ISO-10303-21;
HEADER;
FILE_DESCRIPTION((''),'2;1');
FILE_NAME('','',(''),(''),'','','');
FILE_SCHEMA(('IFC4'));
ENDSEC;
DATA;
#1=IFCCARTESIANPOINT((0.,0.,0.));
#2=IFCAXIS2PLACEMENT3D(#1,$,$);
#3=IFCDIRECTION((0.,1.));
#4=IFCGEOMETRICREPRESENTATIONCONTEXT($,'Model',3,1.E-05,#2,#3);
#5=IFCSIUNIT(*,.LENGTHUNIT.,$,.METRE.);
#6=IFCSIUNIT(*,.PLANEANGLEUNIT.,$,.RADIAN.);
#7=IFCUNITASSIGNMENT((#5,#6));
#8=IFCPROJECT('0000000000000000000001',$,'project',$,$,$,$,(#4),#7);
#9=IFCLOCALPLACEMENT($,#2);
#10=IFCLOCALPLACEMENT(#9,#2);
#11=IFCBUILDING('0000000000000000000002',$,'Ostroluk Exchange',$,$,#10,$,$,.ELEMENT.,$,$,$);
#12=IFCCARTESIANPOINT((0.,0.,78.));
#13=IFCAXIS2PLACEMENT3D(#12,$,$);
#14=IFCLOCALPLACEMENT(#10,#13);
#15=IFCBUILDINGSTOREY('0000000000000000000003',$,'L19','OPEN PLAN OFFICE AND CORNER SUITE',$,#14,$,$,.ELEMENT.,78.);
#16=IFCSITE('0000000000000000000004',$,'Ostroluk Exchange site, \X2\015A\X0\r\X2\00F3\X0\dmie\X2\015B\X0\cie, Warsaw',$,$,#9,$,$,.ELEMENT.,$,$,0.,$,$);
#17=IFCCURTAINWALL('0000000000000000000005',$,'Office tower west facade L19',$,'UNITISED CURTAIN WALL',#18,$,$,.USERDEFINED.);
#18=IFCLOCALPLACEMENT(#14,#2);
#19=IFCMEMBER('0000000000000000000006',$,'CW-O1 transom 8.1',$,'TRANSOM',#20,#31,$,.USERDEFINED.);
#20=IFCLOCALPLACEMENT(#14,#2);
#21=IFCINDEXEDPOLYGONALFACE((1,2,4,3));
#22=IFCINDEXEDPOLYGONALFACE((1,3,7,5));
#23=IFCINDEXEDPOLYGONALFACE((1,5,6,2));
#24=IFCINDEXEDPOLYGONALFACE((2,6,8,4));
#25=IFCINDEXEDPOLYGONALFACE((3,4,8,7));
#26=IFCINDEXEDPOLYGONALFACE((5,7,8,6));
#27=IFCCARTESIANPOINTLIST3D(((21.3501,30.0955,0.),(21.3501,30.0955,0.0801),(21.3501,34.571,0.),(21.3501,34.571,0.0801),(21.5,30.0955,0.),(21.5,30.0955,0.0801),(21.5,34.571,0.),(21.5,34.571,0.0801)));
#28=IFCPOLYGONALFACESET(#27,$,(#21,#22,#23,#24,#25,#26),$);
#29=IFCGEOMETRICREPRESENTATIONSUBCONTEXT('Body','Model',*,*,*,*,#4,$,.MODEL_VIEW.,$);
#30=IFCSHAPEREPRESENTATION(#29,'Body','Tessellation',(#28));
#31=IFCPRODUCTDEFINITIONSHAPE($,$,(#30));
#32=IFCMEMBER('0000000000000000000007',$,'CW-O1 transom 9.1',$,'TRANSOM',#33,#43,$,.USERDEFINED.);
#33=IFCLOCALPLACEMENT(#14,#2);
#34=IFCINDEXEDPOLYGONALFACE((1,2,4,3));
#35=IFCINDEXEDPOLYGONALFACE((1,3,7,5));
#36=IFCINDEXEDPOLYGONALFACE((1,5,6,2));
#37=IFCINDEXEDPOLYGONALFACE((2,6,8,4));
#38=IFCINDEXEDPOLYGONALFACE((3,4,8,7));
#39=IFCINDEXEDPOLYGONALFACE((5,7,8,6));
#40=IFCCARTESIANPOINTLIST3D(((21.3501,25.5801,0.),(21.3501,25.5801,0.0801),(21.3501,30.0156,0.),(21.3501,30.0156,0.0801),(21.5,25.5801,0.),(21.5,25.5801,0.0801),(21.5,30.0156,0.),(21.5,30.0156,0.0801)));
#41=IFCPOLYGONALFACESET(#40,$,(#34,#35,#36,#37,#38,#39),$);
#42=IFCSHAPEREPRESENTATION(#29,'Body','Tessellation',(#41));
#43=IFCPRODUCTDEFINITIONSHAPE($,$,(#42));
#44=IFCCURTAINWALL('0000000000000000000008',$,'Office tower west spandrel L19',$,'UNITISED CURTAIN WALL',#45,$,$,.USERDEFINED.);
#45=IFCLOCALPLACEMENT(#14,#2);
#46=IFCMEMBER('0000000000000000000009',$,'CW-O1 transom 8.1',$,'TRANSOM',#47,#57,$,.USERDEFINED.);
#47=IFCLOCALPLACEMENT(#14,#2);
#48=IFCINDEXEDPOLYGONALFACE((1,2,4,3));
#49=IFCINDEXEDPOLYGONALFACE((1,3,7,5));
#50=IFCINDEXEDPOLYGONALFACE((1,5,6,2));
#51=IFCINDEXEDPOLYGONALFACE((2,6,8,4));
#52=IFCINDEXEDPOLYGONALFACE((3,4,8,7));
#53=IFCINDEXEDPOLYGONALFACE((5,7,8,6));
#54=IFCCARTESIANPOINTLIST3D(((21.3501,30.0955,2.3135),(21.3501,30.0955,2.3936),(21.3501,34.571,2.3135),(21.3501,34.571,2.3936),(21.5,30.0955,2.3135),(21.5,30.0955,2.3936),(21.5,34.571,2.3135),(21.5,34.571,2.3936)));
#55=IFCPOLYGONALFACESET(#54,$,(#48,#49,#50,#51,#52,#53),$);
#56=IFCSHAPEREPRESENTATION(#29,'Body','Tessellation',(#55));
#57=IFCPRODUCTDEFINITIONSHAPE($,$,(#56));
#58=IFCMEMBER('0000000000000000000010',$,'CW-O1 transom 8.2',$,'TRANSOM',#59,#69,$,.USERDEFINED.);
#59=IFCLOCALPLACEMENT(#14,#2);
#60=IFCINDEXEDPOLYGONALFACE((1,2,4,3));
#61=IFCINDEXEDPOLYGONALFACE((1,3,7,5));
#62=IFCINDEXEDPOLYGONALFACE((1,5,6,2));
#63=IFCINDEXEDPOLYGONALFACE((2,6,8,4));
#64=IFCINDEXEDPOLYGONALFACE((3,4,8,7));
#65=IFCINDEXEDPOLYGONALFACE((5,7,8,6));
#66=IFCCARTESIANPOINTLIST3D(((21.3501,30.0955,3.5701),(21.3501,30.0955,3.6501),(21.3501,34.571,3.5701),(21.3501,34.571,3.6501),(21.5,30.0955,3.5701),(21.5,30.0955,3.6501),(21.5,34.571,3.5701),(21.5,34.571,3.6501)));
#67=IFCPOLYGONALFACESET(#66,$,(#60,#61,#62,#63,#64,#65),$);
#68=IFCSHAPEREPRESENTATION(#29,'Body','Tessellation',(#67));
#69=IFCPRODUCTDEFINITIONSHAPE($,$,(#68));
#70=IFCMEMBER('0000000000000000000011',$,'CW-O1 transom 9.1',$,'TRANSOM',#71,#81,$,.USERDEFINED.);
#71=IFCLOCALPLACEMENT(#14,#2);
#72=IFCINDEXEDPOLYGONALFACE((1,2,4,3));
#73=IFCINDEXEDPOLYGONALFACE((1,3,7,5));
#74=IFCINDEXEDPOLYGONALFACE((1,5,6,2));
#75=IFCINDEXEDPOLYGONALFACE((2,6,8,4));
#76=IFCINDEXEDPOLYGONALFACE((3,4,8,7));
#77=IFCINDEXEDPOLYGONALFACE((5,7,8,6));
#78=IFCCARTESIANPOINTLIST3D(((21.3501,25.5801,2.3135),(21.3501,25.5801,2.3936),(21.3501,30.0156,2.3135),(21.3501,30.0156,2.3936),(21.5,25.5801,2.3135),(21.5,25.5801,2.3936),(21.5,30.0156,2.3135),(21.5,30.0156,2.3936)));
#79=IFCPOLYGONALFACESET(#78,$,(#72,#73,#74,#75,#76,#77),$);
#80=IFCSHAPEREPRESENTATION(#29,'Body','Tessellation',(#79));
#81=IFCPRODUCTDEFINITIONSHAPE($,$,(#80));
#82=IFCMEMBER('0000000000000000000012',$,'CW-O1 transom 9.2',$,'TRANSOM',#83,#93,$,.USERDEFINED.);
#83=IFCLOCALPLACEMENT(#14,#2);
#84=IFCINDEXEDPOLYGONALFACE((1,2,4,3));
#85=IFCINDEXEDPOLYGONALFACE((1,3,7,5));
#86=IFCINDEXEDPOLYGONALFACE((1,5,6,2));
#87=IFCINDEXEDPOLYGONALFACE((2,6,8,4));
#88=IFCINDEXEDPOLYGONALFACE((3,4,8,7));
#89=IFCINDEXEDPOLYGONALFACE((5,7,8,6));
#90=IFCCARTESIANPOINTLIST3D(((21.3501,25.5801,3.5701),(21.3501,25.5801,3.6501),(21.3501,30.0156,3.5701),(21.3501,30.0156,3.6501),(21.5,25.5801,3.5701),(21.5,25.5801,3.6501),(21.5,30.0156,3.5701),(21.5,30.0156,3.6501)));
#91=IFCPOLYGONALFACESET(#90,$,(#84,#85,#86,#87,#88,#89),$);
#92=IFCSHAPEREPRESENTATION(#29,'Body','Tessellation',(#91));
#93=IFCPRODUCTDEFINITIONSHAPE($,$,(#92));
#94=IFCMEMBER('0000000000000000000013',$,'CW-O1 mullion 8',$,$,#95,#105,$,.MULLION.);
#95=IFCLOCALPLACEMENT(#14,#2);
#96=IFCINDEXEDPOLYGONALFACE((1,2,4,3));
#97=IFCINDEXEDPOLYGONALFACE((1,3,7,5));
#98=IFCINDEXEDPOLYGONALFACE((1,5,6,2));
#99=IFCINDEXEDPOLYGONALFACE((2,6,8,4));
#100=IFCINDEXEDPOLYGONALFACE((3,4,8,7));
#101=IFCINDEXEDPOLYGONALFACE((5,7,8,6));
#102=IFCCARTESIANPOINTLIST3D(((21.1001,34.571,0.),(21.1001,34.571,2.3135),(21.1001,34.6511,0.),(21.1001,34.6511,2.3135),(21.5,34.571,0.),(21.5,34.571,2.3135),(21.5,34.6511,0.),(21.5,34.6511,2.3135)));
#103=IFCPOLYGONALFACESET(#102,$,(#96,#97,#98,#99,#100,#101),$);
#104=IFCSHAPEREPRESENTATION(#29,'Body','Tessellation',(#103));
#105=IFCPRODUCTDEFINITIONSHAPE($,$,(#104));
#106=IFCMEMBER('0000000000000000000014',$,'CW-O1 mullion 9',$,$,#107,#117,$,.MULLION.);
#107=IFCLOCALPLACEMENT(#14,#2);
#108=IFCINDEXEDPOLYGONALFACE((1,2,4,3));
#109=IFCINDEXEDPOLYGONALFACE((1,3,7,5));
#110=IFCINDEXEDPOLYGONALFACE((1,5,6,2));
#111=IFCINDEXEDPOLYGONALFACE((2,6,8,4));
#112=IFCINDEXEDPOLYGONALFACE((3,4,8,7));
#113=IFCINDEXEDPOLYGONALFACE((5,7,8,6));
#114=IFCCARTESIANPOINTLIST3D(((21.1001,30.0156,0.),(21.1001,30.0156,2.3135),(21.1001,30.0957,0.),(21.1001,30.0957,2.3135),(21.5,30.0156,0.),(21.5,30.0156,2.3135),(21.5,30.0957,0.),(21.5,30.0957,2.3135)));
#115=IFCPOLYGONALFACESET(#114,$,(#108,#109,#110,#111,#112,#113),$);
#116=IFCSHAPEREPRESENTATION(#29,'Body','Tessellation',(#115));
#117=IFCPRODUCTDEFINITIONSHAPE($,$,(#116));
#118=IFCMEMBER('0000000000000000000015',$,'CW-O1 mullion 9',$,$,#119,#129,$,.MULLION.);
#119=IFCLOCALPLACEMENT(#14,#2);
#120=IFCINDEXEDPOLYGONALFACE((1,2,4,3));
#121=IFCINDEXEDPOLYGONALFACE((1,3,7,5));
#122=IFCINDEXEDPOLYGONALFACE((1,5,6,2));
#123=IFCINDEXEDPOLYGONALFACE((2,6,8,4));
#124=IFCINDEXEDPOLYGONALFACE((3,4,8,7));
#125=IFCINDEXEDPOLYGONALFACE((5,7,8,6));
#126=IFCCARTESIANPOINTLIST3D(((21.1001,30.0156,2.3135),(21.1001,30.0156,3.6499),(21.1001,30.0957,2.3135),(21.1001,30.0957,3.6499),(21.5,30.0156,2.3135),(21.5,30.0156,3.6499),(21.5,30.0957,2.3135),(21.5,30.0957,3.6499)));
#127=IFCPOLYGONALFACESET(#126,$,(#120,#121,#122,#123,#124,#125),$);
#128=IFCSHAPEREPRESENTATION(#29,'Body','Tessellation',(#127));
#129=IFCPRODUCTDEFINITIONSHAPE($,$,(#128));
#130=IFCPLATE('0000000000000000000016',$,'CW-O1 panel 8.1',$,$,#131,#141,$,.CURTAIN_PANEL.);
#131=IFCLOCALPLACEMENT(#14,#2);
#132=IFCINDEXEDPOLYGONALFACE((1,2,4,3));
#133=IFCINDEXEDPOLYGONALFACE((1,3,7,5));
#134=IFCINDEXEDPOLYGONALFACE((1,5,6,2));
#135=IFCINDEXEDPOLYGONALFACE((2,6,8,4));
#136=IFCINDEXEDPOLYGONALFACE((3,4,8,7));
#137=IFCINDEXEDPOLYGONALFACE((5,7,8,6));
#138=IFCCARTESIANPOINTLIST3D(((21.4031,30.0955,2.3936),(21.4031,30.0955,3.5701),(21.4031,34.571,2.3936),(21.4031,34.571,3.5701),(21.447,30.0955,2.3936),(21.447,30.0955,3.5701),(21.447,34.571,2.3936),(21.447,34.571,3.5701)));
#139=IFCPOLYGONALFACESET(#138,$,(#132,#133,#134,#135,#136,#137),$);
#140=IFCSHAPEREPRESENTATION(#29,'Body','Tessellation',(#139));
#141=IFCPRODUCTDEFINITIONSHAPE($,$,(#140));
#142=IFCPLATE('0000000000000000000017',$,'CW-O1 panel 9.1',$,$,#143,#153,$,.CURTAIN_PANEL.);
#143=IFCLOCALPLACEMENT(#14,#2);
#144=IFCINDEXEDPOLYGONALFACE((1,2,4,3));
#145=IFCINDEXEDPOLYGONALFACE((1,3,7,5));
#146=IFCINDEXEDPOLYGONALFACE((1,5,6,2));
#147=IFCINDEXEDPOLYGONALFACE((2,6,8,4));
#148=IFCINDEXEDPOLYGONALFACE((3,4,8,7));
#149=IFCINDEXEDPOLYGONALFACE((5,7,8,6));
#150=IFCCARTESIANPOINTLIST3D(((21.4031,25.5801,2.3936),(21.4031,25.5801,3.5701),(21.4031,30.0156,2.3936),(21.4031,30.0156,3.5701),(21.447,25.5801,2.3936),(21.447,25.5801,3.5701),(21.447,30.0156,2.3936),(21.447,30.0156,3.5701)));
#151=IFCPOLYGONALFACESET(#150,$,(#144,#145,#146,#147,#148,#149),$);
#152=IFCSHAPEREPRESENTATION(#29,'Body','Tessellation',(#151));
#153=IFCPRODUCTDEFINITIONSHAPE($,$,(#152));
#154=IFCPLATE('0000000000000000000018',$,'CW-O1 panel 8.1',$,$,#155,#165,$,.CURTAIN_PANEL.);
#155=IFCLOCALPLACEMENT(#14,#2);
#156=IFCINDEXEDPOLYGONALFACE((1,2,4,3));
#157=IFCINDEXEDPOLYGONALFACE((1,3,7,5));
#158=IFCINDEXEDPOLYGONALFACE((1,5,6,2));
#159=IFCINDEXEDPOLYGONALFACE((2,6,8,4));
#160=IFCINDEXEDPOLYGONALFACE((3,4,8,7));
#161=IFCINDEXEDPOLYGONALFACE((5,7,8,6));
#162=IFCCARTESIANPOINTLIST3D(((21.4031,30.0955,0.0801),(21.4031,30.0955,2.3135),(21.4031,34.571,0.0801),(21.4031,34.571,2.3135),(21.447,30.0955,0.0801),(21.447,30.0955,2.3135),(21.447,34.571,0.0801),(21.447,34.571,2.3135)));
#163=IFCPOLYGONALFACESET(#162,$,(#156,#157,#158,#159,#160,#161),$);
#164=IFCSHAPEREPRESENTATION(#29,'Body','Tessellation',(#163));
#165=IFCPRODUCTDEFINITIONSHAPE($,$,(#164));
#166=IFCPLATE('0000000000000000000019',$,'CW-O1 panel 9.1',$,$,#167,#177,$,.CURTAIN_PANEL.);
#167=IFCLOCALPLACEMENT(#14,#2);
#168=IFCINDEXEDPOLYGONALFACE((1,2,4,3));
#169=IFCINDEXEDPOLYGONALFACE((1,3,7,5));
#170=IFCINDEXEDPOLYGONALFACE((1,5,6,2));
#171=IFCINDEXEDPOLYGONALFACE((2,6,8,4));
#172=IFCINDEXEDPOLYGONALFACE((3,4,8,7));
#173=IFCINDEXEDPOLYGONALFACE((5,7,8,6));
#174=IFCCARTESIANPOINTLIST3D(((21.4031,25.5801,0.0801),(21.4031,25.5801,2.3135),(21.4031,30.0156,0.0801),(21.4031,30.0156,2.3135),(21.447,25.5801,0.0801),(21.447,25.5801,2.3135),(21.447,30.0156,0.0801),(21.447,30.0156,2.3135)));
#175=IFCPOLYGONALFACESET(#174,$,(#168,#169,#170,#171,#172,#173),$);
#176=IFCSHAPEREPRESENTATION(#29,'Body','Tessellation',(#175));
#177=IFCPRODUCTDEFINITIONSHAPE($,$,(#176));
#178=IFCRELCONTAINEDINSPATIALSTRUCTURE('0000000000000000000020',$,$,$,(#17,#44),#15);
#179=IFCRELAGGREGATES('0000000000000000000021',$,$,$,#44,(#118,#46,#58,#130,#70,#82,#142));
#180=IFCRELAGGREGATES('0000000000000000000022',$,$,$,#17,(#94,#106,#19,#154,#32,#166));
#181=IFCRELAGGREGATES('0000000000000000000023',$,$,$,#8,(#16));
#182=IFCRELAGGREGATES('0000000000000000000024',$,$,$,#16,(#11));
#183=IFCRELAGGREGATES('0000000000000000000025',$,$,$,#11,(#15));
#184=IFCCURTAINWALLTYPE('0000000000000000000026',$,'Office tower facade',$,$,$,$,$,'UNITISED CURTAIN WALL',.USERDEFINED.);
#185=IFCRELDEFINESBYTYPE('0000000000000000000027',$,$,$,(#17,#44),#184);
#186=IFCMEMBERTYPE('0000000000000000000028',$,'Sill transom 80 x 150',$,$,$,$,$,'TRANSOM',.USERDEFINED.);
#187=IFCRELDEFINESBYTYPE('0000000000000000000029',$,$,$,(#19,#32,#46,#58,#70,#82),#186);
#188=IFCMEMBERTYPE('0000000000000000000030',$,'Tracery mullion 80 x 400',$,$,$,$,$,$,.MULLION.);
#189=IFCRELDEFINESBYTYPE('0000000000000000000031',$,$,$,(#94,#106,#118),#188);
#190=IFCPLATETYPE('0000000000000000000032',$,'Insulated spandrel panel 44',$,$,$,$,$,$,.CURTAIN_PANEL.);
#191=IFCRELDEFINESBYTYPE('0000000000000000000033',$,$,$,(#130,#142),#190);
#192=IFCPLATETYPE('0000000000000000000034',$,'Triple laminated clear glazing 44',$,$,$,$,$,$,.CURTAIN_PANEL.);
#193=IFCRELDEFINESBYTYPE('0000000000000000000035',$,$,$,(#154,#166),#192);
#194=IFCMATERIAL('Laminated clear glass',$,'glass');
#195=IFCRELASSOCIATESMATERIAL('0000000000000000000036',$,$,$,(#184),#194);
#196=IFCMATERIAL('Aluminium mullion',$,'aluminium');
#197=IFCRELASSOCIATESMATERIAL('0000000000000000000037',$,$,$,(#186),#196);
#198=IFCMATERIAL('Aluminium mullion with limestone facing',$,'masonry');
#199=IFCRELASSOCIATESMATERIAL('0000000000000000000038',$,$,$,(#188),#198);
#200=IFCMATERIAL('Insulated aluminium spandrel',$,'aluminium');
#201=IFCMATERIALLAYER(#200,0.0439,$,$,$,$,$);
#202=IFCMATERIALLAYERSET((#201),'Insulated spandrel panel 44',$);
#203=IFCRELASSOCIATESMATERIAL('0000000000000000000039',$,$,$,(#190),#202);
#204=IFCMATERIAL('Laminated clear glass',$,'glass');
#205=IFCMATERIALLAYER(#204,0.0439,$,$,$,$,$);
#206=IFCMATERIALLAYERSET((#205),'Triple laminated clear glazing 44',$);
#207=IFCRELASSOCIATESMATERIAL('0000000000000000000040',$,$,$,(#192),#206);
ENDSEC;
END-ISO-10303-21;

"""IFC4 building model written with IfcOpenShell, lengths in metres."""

from ifc_helpers import new_model, si_unit, direction, frame, origin, origin_2d, place, context, subcontext, project, spatial, rectangle, extrude, material, layer, layer_set, material_profile, profile_set, type_object, element, aggregate, save


model = new_model("IFC4")

# Units and contexts
model_context = context("Model", 3, precision=1e-05, world=origin(), true_north=direction((0.0, 1.0)))
body_context = subcontext(model_context, "Body", "Model", "MODEL_VIEW")
ifc_project = project(units=[si_unit("LENGTHUNIT", "METRE"), si_unit("PLANEANGLEUNIT", "RADIAN")], contexts=[model_context])

# Site, building, storey
site_placement = place(None, origin())
site = spatial("IfcSite", under=ifc_project, at=site_placement, Name="Ostroluk Exchange site, Śródmieście, Warsaw", CompositionType="ELEMENT", RefElevation=0.0)
building_placement = place(site_placement, origin())
building = spatial("IfcBuilding", under=site, at=building_placement, Name="Ostroluk Exchange", CompositionType="ELEMENT")
storey_placement = place(building_placement, frame((0.0, 0.0, 78.0)))
storey = spatial("IfcBuildingStorey", under=building, at=storey_placement, Name="L19", Description="OPEN PLAN OFFICE AND CORNER SUITE", CompositionType="ELEMENT", Elevation=78.0)

# Curtain walls, members
ifc_material_1 = material(Name="Laminated clear glass", Category="glass")
curtain_wall_type = type_object("IfcCurtainWallType", Name="Office tower facade", ElementType="UNITISED CURTAIN WALL", PredefinedType="USERDEFINED", material=ifc_material_1)
curtain_wall_1_placement = place(storey_placement, origin())
curtain_wall_1 = element("IfcCurtainWall", 1, at=curtain_wall_1_placement, inside=storey, type_object=curtain_wall_type, Name="Office tower west facade L19", ObjectType="UNITISED CURTAIN WALL", PredefinedType="USERDEFINED")
ifc_material_2 = material(Name="Aluminium mullion", Category="aluminium")
ifc_material_profile_1 = material_profile(ifc_material_2, rectangle(XDim=0.1499, YDim=0.0801, at=origin_2d()), Name="Sill transom 80 x 150")
ifc_profile_set_1 = profile_set([ifc_material_profile_1], Name="Aluminium mullion")
member_type_1 = type_object("IfcMemberType", Name="Sill transom 80 x 150", ElementType="TRANSOM", PredefinedType="USERDEFINED", material=ifc_profile_set_1)
member_1_placement = place(storey_placement, frame((21.425, 34.571, 0.04), z_axis=(0.0, -1.0, 0.0), x_axis=(1.0, 0.0, 0.0)))
member_1 = element("IfcMember", 2, at=member_1_placement, type_object=member_type_1, Name="CW-O1 transom 8.1", ObjectType="TRANSOM", PredefinedType="USERDEFINED", context=body_context, shape_type="SweptSolid", body=[
    extrude(rectangle(XDim=0.1499, YDim=0.0801, at=origin_2d()), origin(), (0.0, 0.0, 1.0), 4.4756),
])
member_2_placement = place(storey_placement, frame((21.425, 30.0156, 0.04), z_axis=(0.0, -1.0, 0.0), x_axis=(1.0, 0.0, 0.0)))
member_2 = element("IfcMember", 3, at=member_2_placement, type_object=member_type_1, Name="CW-O1 transom 9.1", ObjectType="TRANSOM", PredefinedType="USERDEFINED", context=body_context, shape_type="SweptSolid", body=[
    extrude(rectangle(XDim=0.1499, YDim=0.0801, at=origin_2d()), origin(), (0.0, 0.0, 1.0), 4.4355),
])
curtain_wall_2_placement = place(storey_placement, origin())
curtain_wall_2 = element("IfcCurtainWall", 4, at=curtain_wall_2_placement, inside=storey, type_object=curtain_wall_type, Name="Office tower west spandrel L19", ObjectType="UNITISED CURTAIN WALL", PredefinedType="USERDEFINED")
member_3_placement = place(storey_placement, frame((21.425, 34.571, 2.3535), z_axis=(0.0, -1.0, 0.0), x_axis=(1.0, 0.0, 0.0)))
member_3 = element("IfcMember", 5, at=member_3_placement, type_object=member_type_1, Name="CW-O1 transom 8.1", ObjectType="TRANSOM", PredefinedType="USERDEFINED", context=body_context, shape_type="SweptSolid", body=[
    extrude(rectangle(XDim=0.1499, YDim=0.0801, at=origin_2d()), origin(), (0.0, 0.0, 1.0), 4.4756),
])
member_4_placement = place(storey_placement, frame((21.425, 34.571, 3.6101), z_axis=(0.0, -1.0, 0.0), x_axis=(1.0, 0.0, 0.0)))
member_4 = element("IfcMember", 6, at=member_4_placement, type_object=member_type_1, Name="CW-O1 transom 8.2", ObjectType="TRANSOM", PredefinedType="USERDEFINED", context=body_context, shape_type="SweptSolid", body=[
    extrude(rectangle(XDim=0.1499, YDim=0.0801, at=origin_2d()), origin(), (0.0, 0.0, 1.0), 4.4756),
])
member_5_placement = place(storey_placement, frame((21.425, 30.0156, 2.3535), z_axis=(0.0, -1.0, 0.0), x_axis=(1.0, 0.0, 0.0)))
member_5 = element("IfcMember", 7, at=member_5_placement, type_object=member_type_1, Name="CW-O1 transom 9.1", ObjectType="TRANSOM", PredefinedType="USERDEFINED", context=body_context, shape_type="SweptSolid", body=[
    extrude(rectangle(XDim=0.1499, YDim=0.0801, at=origin_2d()), origin(), (0.0, 0.0, 1.0), 4.4355),
])
member_6_placement = place(storey_placement, frame((21.425, 30.0156, 3.6101), z_axis=(0.0, -1.0, 0.0), x_axis=(1.0, 0.0, 0.0)))
member_6 = element("IfcMember", 8, at=member_6_placement, type_object=member_type_1, Name="CW-O1 transom 9.2", ObjectType="TRANSOM", PredefinedType="USERDEFINED", context=body_context, shape_type="SweptSolid", body=[
    extrude(rectangle(XDim=0.1499, YDim=0.0801, at=origin_2d()), origin(), (0.0, 0.0, 1.0), 4.4355),
])

# Members
ifc_material_3 = material(Name="Aluminium mullion with limestone facing", Category="masonry")
ifc_material_profile_2 = material_profile(ifc_material_3, rectangle(XDim=0.3999, YDim=0.0801, at=origin_2d()), Name="Tracery mullion 80 x 400")
ifc_profile_set_2 = profile_set([ifc_material_profile_2], Name="Aluminium mullion with limestone facing")
member_type_2 = type_object("IfcMemberType", Name="Tracery mullion 80 x 400", PredefinedType="MULLION", material=ifc_profile_set_2)
member_7_placement = place(storey_placement, frame((21.3, 34.6111, 0.0), z_axis=(0.0, 0.0, 1.0), x_axis=(1.0, 0.0, 0.0)))
member_7 = element("IfcMember", 9, at=member_7_placement, type_object=member_type_2, Name="CW-O1 mullion 8", PredefinedType="MULLION", context=body_context, shape_type="SweptSolid", body=[
    extrude(rectangle(XDim=0.3999, YDim=0.0801, at=origin_2d()), origin(), (0.0, 0.0, 1.0), 2.3135),
])
member_8_placement = place(storey_placement, frame((21.3, 30.0557, 0.0), z_axis=(0.0, 0.0, 1.0), x_axis=(1.0, 0.0, 0.0)))
member_8 = element("IfcMember", 10, at=member_8_placement, type_object=member_type_2, Name="CW-O1 mullion 9", PredefinedType="MULLION", context=body_context, shape_type="SweptSolid", body=[
    extrude(rectangle(XDim=0.3999, YDim=0.0801, at=origin_2d()), origin(), (0.0, 0.0, 1.0), 2.3135),
])
member_9_placement = place(storey_placement, frame((21.3, 30.0557, 2.3135), z_axis=(0.0, 0.0, 1.0), x_axis=(1.0, 0.0, 0.0)))
member_9 = element("IfcMember", 11, at=member_9_placement, type_object=member_type_2, Name="CW-O1 mullion 9", PredefinedType="MULLION", context=body_context, shape_type="SweptSolid", body=[
    extrude(rectangle(XDim=0.3999, YDim=0.0801, at=origin_2d()), origin(), (0.0, 0.0, 1.0), 1.3364),
])

# Plates
ifc_material_4 = material(Name="Insulated aluminium spandrel", Category="aluminium")
ifc_layer_1 = layer(ifc_material_4, 0.0439)
ifc_layer_set_1 = layer_set([ifc_layer_1], Name="Insulated spandrel panel 44")
plate_type_1 = type_object("IfcPlateType", Name="Insulated spandrel panel 44", PredefinedType="CURTAIN_PANEL", material=ifc_layer_set_1)
plate_1_placement = place(storey_placement, frame((21.425, 32.3333, 2.3936), z_axis=(0.0, 0.0, 1.0), x_axis=(0.0, -1.0, 0.0)))
plate_1 = element("IfcPlate", 12, at=plate_1_placement, type_object=plate_type_1, Name="CW-O1 panel 8.1", PredefinedType="CURTAIN_PANEL", context=body_context, shape_type="SweptSolid", body=[
    extrude(rectangle(XDim=4.4756, YDim=0.0439, at=origin_2d()), origin(), (0.0, 0.0, 1.0), 1.1765),
])
plate_2_placement = place(storey_placement, frame((21.425, 27.7979, 2.3936), z_axis=(0.0, 0.0, 1.0), x_axis=(0.0, -1.0, 0.0)))
plate_2 = element("IfcPlate", 13, at=plate_2_placement, type_object=plate_type_1, Name="CW-O1 panel 9.1", PredefinedType="CURTAIN_PANEL", context=body_context, shape_type="SweptSolid", body=[
    extrude(rectangle(XDim=4.4355, YDim=0.0439, at=origin_2d()), origin(), (0.0, 0.0, 1.0), 1.1765),
])
aggregate(curtain_wall_2, [member_9, member_3, member_4, plate_1, member_5, member_6, plate_2])
ifc_material_5 = material(Name="Laminated clear glass", Category="glass")
ifc_layer_2 = layer(ifc_material_5, 0.0439)
ifc_layer_set_2 = layer_set([ifc_layer_2], Name="Triple laminated clear glazing 44")
plate_type_2 = type_object("IfcPlateType", Name="Triple laminated clear glazing 44", PredefinedType="CURTAIN_PANEL", material=ifc_layer_set_2)
plate_3_placement = place(storey_placement, frame((21.425, 32.3333, 0.0801), z_axis=(0.0, 0.0, 1.0), x_axis=(0.0, -1.0, 0.0)))
plate_3 = element("IfcPlate", 14, at=plate_3_placement, type_object=plate_type_2, Name="CW-O1 panel 8.1", PredefinedType="CURTAIN_PANEL", context=body_context, shape_type="SweptSolid", body=[
    extrude(rectangle(XDim=4.4756, YDim=0.0439, at=origin_2d()), origin(), (0.0, 0.0, 1.0), 2.2334),
])
plate_4_placement = place(storey_placement, frame((21.425, 27.7979, 0.0801), z_axis=(0.0, 0.0, 1.0), x_axis=(0.0, -1.0, 0.0)))
plate_4 = element("IfcPlate", 15, at=plate_4_placement, type_object=plate_type_2, Name="CW-O1 panel 9.1", PredefinedType="CURTAIN_PANEL", context=body_context, shape_type="SweptSolid", body=[
    extrude(rectangle(XDim=4.4355, YDim=0.0439, at=origin_2d()), origin(), (0.0, 0.0, 1.0), 2.2334),
])
aggregate(curtain_wall_1, [member_7, member_8, member_1, plate_3, member_2, plate_4])

save(model, "model.ifc")
